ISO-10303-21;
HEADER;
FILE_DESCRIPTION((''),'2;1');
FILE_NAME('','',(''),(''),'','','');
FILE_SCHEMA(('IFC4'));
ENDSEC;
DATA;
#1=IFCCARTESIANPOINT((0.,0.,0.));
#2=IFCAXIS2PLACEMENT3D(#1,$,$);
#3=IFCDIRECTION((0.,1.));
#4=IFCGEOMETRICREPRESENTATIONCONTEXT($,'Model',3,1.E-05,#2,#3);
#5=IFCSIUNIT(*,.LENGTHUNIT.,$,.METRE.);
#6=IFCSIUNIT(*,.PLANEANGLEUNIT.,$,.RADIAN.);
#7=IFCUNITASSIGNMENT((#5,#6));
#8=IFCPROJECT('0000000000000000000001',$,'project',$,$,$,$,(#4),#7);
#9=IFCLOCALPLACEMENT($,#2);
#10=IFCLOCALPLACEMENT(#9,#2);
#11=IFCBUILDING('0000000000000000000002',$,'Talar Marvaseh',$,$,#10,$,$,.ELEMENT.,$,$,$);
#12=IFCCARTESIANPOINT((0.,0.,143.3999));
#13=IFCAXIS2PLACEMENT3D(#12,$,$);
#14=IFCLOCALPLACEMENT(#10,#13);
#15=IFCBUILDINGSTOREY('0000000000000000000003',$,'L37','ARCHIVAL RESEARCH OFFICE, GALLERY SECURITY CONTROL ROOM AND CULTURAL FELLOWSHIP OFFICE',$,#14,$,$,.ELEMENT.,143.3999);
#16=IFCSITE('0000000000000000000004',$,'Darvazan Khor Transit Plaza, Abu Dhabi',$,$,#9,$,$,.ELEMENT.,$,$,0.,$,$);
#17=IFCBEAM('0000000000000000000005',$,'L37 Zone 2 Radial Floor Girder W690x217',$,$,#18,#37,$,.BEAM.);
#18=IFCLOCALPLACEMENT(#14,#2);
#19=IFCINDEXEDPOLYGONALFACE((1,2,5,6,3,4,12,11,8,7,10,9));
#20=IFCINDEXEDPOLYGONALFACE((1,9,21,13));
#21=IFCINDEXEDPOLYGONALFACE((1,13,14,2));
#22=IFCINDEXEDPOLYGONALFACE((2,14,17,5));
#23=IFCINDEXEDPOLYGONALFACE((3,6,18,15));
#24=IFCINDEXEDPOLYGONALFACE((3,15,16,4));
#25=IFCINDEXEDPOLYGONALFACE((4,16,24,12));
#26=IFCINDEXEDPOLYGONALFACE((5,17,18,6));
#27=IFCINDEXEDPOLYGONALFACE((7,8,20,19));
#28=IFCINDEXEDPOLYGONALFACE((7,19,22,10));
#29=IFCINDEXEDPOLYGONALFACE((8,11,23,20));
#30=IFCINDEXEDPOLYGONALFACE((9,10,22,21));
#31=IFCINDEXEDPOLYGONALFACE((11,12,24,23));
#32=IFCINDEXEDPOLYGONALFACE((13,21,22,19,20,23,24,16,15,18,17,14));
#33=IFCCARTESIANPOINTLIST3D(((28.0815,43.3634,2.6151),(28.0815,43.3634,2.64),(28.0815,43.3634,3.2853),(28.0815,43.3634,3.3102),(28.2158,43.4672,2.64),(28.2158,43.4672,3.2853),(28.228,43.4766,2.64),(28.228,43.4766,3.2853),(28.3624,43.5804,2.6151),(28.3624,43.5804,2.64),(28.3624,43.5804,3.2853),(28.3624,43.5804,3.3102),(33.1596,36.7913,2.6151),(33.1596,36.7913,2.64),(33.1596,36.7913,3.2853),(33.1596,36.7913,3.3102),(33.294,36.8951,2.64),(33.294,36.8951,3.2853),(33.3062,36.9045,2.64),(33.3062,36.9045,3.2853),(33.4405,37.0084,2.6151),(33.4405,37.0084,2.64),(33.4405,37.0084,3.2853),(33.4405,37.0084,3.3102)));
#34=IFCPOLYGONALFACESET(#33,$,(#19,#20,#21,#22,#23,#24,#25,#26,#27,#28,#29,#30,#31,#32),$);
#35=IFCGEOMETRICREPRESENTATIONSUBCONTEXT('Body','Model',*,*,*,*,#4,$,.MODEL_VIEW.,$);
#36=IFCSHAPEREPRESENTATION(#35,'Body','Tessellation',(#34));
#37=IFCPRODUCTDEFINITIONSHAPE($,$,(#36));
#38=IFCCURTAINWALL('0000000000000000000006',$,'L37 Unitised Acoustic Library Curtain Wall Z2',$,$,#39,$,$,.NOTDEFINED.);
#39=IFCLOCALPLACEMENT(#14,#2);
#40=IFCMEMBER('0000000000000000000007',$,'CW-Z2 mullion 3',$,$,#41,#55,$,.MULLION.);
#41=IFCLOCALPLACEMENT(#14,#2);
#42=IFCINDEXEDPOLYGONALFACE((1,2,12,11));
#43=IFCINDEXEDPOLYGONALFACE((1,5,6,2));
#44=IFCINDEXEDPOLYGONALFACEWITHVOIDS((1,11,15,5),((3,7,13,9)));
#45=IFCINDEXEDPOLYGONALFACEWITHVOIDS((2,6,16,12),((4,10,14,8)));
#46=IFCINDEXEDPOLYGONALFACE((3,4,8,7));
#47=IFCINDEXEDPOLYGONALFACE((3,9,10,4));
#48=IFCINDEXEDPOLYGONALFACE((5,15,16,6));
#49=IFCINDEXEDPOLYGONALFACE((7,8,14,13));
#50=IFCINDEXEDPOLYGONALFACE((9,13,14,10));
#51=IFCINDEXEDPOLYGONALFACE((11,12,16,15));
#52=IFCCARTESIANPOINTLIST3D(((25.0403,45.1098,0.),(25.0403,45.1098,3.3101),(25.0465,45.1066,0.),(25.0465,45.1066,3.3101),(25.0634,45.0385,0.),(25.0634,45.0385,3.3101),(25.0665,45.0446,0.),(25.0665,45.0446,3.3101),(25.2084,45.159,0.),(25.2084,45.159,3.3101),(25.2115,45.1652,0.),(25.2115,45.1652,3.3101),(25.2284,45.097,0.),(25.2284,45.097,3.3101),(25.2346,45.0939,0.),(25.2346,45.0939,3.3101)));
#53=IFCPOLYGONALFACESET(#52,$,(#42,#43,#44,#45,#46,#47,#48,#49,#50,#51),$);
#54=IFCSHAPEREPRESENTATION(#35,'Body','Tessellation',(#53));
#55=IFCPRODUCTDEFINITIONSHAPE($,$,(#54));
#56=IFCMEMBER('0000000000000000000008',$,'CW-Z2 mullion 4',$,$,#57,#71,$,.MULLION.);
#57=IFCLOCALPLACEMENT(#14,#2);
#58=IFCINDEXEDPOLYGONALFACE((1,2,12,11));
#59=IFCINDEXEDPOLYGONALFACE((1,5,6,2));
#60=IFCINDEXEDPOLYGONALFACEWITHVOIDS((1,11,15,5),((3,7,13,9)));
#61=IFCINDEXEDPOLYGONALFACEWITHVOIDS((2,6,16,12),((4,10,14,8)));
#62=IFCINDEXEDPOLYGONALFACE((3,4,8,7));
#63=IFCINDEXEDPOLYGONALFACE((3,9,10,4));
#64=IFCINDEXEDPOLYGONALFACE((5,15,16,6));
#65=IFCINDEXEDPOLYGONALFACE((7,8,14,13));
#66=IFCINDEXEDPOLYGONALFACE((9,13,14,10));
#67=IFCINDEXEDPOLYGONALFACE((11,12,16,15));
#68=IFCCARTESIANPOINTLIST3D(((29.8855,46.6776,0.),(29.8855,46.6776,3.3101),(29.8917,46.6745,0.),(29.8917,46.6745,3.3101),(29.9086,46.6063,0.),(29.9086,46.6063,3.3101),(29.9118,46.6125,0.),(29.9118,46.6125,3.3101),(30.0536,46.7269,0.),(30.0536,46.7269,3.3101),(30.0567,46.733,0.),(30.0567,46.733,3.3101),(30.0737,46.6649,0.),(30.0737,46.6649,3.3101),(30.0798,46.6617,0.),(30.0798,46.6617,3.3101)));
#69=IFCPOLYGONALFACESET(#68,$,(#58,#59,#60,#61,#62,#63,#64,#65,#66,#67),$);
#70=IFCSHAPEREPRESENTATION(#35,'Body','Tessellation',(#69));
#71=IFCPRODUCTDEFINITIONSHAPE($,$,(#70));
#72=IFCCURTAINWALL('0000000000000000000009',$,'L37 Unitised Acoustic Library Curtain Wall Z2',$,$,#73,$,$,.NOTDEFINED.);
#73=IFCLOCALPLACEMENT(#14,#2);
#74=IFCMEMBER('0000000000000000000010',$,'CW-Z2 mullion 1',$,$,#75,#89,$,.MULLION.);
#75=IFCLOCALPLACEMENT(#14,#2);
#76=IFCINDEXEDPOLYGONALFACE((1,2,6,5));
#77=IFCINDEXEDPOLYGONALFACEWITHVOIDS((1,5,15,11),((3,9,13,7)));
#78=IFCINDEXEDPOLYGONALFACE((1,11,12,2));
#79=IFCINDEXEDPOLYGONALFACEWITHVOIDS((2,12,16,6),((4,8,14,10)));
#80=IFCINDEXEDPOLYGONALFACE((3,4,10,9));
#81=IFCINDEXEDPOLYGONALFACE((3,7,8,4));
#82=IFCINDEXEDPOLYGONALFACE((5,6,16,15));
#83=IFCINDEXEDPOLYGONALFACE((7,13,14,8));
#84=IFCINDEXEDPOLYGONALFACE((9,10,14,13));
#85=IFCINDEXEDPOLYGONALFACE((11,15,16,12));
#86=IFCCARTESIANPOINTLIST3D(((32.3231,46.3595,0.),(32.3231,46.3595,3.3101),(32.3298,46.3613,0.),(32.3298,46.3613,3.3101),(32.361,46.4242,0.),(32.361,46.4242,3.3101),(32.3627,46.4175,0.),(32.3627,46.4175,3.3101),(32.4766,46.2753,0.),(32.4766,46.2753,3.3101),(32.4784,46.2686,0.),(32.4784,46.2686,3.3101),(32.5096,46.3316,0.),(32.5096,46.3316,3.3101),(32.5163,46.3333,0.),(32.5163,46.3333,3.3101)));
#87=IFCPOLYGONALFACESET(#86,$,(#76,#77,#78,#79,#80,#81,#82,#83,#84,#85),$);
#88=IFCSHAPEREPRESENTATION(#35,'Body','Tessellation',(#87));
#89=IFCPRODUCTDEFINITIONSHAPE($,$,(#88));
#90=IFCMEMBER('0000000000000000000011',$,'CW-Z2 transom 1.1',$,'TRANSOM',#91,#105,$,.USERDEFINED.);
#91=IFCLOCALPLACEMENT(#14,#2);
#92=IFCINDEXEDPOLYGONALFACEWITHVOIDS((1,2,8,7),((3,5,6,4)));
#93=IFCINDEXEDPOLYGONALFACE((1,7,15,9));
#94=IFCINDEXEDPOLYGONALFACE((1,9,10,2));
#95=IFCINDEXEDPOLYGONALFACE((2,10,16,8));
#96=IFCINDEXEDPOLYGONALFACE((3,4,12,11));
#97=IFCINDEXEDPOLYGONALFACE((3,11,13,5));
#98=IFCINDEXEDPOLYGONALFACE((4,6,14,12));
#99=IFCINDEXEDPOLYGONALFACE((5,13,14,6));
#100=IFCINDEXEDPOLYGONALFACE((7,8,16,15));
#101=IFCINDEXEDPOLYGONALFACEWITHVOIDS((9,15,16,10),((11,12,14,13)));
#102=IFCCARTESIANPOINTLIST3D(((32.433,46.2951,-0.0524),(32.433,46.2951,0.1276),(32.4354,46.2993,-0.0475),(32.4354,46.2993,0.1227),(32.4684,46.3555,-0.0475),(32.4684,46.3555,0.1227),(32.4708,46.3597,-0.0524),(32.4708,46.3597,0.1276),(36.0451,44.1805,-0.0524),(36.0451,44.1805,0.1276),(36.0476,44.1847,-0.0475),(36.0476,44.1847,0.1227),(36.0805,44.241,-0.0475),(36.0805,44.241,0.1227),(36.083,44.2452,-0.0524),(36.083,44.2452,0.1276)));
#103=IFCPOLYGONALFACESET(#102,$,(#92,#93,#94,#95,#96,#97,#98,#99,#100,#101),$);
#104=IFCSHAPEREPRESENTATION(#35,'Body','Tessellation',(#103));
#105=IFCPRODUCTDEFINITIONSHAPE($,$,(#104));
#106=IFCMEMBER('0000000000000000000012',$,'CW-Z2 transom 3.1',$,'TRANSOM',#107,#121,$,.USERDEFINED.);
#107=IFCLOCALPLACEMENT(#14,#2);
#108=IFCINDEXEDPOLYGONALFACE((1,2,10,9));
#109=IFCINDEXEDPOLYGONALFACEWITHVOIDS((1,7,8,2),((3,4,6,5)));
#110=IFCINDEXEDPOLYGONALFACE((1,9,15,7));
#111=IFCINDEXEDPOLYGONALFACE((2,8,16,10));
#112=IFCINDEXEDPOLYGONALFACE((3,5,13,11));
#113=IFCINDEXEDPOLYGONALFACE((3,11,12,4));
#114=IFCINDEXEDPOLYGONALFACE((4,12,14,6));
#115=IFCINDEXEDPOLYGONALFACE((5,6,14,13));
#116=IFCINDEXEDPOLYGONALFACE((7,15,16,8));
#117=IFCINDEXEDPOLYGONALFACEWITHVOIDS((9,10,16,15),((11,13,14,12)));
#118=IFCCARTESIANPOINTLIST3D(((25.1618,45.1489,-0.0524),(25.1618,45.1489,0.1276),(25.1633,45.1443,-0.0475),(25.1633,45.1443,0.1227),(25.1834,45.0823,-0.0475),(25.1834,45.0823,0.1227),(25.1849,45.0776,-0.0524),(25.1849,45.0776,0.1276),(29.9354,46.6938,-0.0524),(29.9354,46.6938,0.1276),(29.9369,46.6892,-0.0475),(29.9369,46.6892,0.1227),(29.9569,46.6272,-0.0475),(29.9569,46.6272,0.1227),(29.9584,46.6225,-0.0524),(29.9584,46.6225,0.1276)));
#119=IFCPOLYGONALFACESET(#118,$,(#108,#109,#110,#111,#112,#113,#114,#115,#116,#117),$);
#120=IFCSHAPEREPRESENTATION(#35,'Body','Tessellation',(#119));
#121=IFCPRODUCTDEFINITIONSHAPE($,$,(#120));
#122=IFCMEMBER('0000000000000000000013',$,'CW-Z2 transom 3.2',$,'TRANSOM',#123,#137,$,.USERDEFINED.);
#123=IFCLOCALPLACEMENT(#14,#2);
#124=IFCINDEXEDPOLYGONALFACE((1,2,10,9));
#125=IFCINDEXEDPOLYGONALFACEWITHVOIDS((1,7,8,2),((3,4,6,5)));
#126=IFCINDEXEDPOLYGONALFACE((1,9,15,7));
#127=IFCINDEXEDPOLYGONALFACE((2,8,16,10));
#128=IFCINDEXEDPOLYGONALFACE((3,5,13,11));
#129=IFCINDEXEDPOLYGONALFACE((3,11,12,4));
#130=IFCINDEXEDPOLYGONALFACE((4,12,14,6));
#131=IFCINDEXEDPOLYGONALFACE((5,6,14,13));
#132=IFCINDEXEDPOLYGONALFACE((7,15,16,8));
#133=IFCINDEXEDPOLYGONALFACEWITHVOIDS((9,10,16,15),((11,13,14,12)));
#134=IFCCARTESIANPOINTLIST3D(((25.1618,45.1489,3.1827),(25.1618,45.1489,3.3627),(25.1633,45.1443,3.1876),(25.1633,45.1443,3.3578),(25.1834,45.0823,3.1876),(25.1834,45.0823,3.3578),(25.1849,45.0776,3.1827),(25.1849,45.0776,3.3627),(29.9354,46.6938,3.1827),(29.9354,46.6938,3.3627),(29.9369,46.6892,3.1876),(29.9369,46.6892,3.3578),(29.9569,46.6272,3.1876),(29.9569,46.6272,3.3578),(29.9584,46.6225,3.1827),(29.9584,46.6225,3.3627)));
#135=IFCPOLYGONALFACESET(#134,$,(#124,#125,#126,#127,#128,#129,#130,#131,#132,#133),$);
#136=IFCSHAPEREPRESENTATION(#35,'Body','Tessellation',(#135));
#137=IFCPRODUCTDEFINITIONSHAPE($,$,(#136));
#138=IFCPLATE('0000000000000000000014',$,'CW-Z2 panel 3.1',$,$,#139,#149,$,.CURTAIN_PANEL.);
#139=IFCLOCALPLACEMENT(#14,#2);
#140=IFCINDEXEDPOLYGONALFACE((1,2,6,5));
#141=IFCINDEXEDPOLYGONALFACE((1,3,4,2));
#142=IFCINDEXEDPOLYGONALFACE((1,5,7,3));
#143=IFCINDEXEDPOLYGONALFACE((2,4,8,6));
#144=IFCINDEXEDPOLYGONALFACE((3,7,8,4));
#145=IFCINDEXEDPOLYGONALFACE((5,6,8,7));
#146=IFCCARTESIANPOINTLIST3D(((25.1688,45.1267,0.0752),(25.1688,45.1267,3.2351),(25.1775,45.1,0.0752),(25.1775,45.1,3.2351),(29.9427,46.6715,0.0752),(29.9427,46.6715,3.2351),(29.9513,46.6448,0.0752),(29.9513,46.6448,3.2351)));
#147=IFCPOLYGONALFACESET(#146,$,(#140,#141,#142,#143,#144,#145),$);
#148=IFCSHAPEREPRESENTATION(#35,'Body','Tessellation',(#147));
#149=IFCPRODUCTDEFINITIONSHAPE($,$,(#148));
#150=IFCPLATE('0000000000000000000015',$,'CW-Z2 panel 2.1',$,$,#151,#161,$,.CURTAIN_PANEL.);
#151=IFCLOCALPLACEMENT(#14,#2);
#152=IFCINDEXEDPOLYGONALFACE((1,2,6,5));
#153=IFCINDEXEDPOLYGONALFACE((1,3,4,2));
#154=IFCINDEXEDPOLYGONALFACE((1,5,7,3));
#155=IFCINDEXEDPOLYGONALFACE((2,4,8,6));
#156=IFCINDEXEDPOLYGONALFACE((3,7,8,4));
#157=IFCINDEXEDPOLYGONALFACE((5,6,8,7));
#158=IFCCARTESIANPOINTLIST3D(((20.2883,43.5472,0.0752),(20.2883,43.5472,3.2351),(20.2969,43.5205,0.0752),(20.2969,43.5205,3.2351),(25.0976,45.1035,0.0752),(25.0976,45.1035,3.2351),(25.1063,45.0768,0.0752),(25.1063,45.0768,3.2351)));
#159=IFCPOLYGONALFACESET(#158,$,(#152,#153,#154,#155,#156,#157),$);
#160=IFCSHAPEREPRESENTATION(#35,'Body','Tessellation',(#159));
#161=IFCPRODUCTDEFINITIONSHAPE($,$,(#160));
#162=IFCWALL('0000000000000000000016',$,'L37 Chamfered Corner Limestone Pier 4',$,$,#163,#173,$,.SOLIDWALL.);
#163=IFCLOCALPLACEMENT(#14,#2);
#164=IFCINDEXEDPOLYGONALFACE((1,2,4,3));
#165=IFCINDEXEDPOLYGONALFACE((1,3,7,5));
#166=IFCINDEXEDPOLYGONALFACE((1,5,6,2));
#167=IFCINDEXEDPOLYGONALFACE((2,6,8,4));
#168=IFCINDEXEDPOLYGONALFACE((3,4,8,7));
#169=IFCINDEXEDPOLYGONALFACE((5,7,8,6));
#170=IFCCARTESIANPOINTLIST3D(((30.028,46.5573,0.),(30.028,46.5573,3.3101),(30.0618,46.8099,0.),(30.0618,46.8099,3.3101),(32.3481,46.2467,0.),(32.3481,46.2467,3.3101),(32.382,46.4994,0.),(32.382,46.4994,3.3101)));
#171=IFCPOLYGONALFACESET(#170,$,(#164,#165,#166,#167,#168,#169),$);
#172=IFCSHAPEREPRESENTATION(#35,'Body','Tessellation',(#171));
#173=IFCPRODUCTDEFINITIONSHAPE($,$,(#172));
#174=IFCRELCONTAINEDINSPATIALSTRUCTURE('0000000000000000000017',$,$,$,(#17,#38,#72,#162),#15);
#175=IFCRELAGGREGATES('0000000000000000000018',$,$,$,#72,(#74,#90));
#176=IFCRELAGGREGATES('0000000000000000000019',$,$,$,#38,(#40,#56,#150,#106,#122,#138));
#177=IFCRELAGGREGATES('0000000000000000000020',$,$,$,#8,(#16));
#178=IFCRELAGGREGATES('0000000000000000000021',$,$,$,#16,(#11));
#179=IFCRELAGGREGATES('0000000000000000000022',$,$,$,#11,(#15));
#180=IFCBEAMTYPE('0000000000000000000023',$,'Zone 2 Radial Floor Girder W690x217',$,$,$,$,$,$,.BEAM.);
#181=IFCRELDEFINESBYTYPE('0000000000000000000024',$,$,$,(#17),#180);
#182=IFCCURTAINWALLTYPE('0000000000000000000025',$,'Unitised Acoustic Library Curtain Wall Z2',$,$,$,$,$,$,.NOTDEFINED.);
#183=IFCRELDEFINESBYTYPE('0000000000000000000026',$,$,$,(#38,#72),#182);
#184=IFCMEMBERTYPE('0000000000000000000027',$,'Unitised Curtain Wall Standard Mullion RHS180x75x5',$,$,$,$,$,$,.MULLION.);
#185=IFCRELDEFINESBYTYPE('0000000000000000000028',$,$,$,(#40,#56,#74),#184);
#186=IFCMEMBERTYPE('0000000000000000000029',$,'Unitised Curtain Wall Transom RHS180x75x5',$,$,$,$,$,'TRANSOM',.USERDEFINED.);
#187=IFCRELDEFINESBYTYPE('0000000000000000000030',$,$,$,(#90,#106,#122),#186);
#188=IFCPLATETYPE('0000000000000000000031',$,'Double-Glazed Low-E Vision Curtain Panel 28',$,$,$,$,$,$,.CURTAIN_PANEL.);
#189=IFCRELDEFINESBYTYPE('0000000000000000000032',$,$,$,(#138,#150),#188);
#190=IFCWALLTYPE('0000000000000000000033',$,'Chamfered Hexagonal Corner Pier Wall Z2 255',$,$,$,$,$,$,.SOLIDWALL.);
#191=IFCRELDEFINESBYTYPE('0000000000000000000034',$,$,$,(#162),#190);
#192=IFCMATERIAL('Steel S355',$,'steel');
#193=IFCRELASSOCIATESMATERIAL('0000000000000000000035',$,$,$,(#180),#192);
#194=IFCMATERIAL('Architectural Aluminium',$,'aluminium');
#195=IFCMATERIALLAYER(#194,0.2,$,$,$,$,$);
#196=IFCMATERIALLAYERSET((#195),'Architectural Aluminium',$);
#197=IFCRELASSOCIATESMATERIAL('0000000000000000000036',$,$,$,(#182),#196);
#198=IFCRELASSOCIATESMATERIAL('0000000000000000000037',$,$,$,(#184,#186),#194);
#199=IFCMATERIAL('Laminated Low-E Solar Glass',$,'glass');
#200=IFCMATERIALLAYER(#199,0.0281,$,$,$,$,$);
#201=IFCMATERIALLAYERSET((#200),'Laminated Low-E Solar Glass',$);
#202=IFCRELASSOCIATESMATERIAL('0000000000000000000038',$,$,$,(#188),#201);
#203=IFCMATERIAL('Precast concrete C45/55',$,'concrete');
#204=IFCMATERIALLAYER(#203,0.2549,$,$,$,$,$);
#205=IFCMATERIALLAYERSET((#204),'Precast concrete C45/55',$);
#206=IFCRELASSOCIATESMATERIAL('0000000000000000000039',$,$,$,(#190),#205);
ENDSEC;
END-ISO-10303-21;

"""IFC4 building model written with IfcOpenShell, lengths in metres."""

from ifc_helpers import new_model, si_unit, direction, frame, frame_2d, origin, origin_2d, place, context, subcontext, project, spatial, rectangle, hollow_rectangle, i_section, extrude, source, transform, mapped, material, layer, layer_set, material_profile, profile_set, type_object, type_shapes, element, aggregate, save


model = new_model("IFC4")

# Units and contexts
model_context = context("Model", 3, precision=1e-05, world=origin(), true_north=direction((0.0, 1.0)))
body_context = subcontext(model_context, "Body", "Model", "MODEL_VIEW")
ifc_project = project(units=[si_unit("LENGTHUNIT", "METRE"), si_unit("PLANEANGLEUNIT", "RADIAN")], contexts=[model_context])

# Site, building, storey
site_placement = place(None, origin())
site = spatial("IfcSite", under=ifc_project, at=site_placement, Name="Darvazan Khor Transit Plaza, Abu Dhabi", CompositionType="ELEMENT", RefElevation=0.0)
building_placement = place(site_placement, origin())
building = spatial("IfcBuilding", under=site, at=building_placement, Name="Talar Marvaseh", CompositionType="ELEMENT")
storey_placement = place(building_placement, frame((0.0, 0.0, 143.3999)))
storey = spatial("IfcBuildingStorey", under=building, at=storey_placement, Name="L37", Description="ARCHIVAL RESEARCH OFFICE, GALLERY SECURITY CONTROL ROOM AND CULTURAL FELLOWSHIP OFFICE", CompositionType="ELEMENT", Elevation=143.3999)

# Beam
ifc_material_1 = material(Name="Steel S355", Category="steel")
ifc_material_profile_1 = material_profile(ifc_material_1, i_section(OverallWidth=0.355, OverallDepth=0.6951, WebThickness=0.0154, FlangeThickness=0.0249, at=origin_2d()), Name="W690x217")
ifc_profile_set_1 = profile_set([ifc_material_profile_1], Name="Steel S355")
beam_type = type_object("IfcBeamType", Name="Zone 2 Radial Floor Girder W690x217", PredefinedType="BEAM", material=ifc_profile_set_1)
beam_placement = place(storey_placement, frame((28.2219, 43.4719, 2.9626), z_axis=(0.611428, -0.7913, 0.0), x_axis=(0.7913, 0.611428, 0.0)))
element("IfcBeam", 1, at=beam_placement, inside=storey, type_object=beam_type, Name="L37 Zone 2 Radial Floor Girder W690x217", PredefinedType="BEAM", context=body_context, shape_type="SweptSolid", body=[
    extrude(i_section(OverallWidth=0.355, OverallDepth=0.6951, WebThickness=0.0154, FlangeThickness=0.0249, at=origin_2d()), origin(), (0.0, 0.0, 1.0), 8.3054),
])

# Curtain walls, members
ifc_material_2 = material(Name="Architectural Aluminium", Category="aluminium")
ifc_layer_1 = layer(ifc_material_2, 0.2)
ifc_layer_set_1 = layer_set([ifc_layer_1], Name="Architectural Aluminium")
curtain_wall_type = type_object("IfcCurtainWallType", Name="Unitised Acoustic Library Curtain Wall Z2", PredefinedType="NOTDEFINED", material=ifc_layer_set_1)
curtain_wall_1_placement = place(storey_placement, origin())
curtain_wall_1 = element("IfcCurtainWall", 2, at=curtain_wall_1_placement, inside=storey, type_object=curtain_wall_type, Name="L37 Unitised Acoustic Library Curtain Wall Z2", PredefinedType="NOTDEFINED")
ifc_material_profile_2 = material_profile(ifc_material_2, hollow_rectangle(XDim=0.075, YDim=0.1799, WallThickness=0.0049, at=origin_2d()), Name="RHS180x75x5")
ifc_profile_set_2 = profile_set([ifc_material_profile_2], Name="Architectural Aluminium")
member_type_1 = type_object("IfcMemberType", Name="Unitised Curtain Wall Standard Mullion RHS180x75x5", PredefinedType="MULLION", material=ifc_profile_set_2)
shared_shape_1 = source(origin(), body_context, "Body", "SweptSolid", [
    extrude(hollow_rectangle(XDim=0.075, YDim=0.1799, WallThickness=0.0049, at=origin_2d()), origin(), (0.0, 0.0, 1.0), 3.3101),
])
type_shapes(member_type_1, [shared_shape_1])
member_1_placement = place(storey_placement, frame((25.1375, 45.1018, 0.0), z_axis=(0.0, 0.0, 1.0), x_axis=(-0.307886, 0.951423, 0.0)))
member_1 = element("IfcMember", 3, at=member_1_placement, type_object=member_type_1, Name="CW-Z2 mullion 3", PredefinedType="MULLION", context=body_context, shape_type="MappedRepresentation", body=[
    mapped(shared_shape_1, transform((0.0, 0.0, 0.0), x_axis=(1.0, 0.0, 0.0), y_axis=(0.0, 1.0, 0.0), z_axis=(0.0, 0.0, 1.0), scale=1.0)),
])
member_2_placement = place(storey_placement, frame((29.9827, 46.6697, 0.0), z_axis=(0.0, 0.0, 1.0), x_axis=(-0.307886, 0.951423, 0.0)))
member_2 = element("IfcMember", 4, at=member_2_placement, type_object=member_type_1, Name="CW-Z2 mullion 4", PredefinedType="MULLION", context=body_context, shape_type="MappedRepresentation", body=[
    mapped(shared_shape_1, transform((0.0, 0.0, 0.0), x_axis=(1.0, 0.0, 0.0), y_axis=(0.0, 1.0, 0.0), z_axis=(0.0, 0.0, 1.0), scale=1.0)),
])
curtain_wall_2_placement = place(storey_placement, origin())
curtain_wall_2 = element("IfcCurtainWall", 5, at=curtain_wall_2_placement, inside=storey, type_object=curtain_wall_type, Name="L37 Unitised Acoustic Library Curtain Wall Z2", PredefinedType="NOTDEFINED")
member_3_placement = place(storey_placement, frame((32.4197, 46.3464, 0.0), z_axis=(0.0, 0.0, 1.0), x_axis=(0.505222, 0.862989, 0.0)))
member_3 = element("IfcMember", 6, at=member_3_placement, type_object=member_type_1, Name="CW-Z2 mullion 1", PredefinedType="MULLION", context=body_context, shape_type="MappedRepresentation", body=[
    mapped(shared_shape_1, transform((0.0, 0.0, 0.0), x_axis=(1.0, 0.0, 0.0), y_axis=(0.0, 1.0, 0.0), z_axis=(0.0, 0.0, 1.0), scale=1.0)),
])
ifc_material_profile_3 = material_profile(ifc_material_2, hollow_rectangle(XDim=0.075, YDim=0.1799, WallThickness=0.0049, at=origin_2d()), Name="RHS180x75x5")
ifc_profile_set_3 = profile_set([ifc_material_profile_3], Name="Architectural Aluminium")
member_type_2 = type_object("IfcMemberType", Name="Unitised Curtain Wall Transom RHS180x75x5", ElementType="TRANSOM", PredefinedType="USERDEFINED", material=ifc_profile_set_3)
shared_shape_2 = source(origin(), body_context, "Body", "SweptSolid", [
    extrude(hollow_rectangle(XDim=0.075, YDim=0.1799, WallThickness=0.0049, at=origin_2d()), origin(), (0.0, 0.0, 1.0), 4.1855),
])
member_4_placement = place(storey_placement, frame((32.4519, 46.3274, 0.0376), z_axis=(0.863001, -0.505201, 0.0), x_axis=(0.505201, 0.863001, 0.0)))
member_4 = element("IfcMember", 7, at=member_4_placement, type_object=member_type_2, Name="CW-Z2 transom 1.1", ObjectType="TRANSOM", PredefinedType="USERDEFINED", context=body_context, shape_type="MappedRepresentation", body=[
    mapped(shared_shape_2, transform((0.0, 0.0, 0.0), x_axis=(1.0, 0.0, 0.0), y_axis=(0.0, 1.0, 0.0), z_axis=(0.0, 0.0, 1.0), scale=1.0)),
])
aggregate(curtain_wall_2, [member_3, member_4])

# Members
shared_shape_3 = source(origin(), body_context, "Body", "SweptSolid", [
    extrude(hollow_rectangle(XDim=0.075, YDim=0.1799, WallThickness=0.0049, at=origin_2d()), origin(), (0.0, 0.0, 1.0), 5.0173),
])
type_shapes(member_type_2, [shared_shape_2, shared_shape_3])
member_5_placement = place(storey_placement, frame((25.1733, 45.1133, 0.0376), z_axis=(0.951416, 0.30791, 0.0), x_axis=(-0.30791, 0.951416, 0.0)))
member_5 = element("IfcMember", 8, at=member_5_placement, type_object=member_type_2, Name="CW-Z2 transom 3.1", ObjectType="TRANSOM", PredefinedType="USERDEFINED", context=body_context, shape_type="MappedRepresentation", body=[
    mapped(shared_shape_3, transform((0.0, 0.0, 0.0), x_axis=(1.0, 0.0, 0.0), y_axis=(0.0, 1.0, 0.0), z_axis=(0.0, 0.0, 1.0), scale=1.0)),
])
member_6_placement = place(storey_placement, frame((25.1733, 45.1133, 3.2727), z_axis=(0.951416, 0.30791, 0.0), x_axis=(-0.30791, 0.951416, 0.0)))
member_6 = element("IfcMember", 9, at=member_6_placement, type_object=member_type_2, Name="CW-Z2 transom 3.2", ObjectType="TRANSOM", PredefinedType="USERDEFINED", context=body_context, shape_type="MappedRepresentation", body=[
    mapped(shared_shape_3, transform((0.0, 0.0, 0.0), x_axis=(1.0, 0.0, 0.0), y_axis=(0.0, 1.0, 0.0), z_axis=(0.0, 0.0, 1.0), scale=1.0)),
])

# Plates
ifc_material_3 = material(Name="Laminated Low-E Solar Glass", Category="glass")
ifc_layer_2 = layer(ifc_material_3, 0.0281)
ifc_layer_set_2 = layer_set([ifc_layer_2], Name="Laminated Low-E Solar Glass")
plate_type = type_object("IfcPlateType", Name="Double-Glazed Low-E Vision Curtain Panel 28", PredefinedType="CURTAIN_PANEL", material=ifc_layer_set_2)
shared_shape_4 = source(origin(), body_context, "Body", "SweptSolid", [
    extrude(rectangle(XDim=5.0176, YDim=0.0281, at=origin_2d()), origin(), (0.0, 0.0, 1.0), 3.1599),
])
plate_1_placement = place(storey_placement, frame((27.5601, 45.8857, 0.0752), z_axis=(0.0, 0.0, 1.0), x_axis=(0.951423, 0.307886, 0.0)))
plate_1 = element("IfcPlate", 10, at=plate_1_placement, type_object=plate_type, Name="CW-Z2 panel 3.1", PredefinedType="CURTAIN_PANEL", context=body_context, shape_type="MappedRepresentation", body=[
    mapped(shared_shape_4, transform((0.0, 0.0, 0.0), x_axis=(1.0, 0.0, 0.0), y_axis=(0.0, 1.0, 0.0), z_axis=(0.0, 0.0, 1.0), scale=1.0)),
])
shared_shape_5 = source(origin(), body_context, "Body", "SweptSolid", [
    extrude(rectangle(XDim=5.0549, YDim=0.0281, at=origin_2d()), origin(), (0.0, 0.0, 1.0), 3.1599),
])
type_shapes(plate_type, [shared_shape_4, shared_shape_5])
plate_2_placement = place(storey_placement, frame((22.6973, 44.312, 0.0752), z_axis=(0.0, 0.0, 1.0), x_axis=(0.951423, 0.307886, 0.0)))
plate_2 = element("IfcPlate", 11, at=plate_2_placement, type_object=plate_type, Name="CW-Z2 panel 2.1", PredefinedType="CURTAIN_PANEL", context=body_context, shape_type="MappedRepresentation", body=[
    mapped(shared_shape_5, transform((0.0, 0.0, 0.0), x_axis=(1.0, 0.0, 0.0), y_axis=(0.0, 1.0, 0.0), z_axis=(0.0, 0.0, 1.0), scale=1.0)),
])
aggregate(curtain_wall_1, [member_1, member_2, plate_2, member_5, member_6, plate_1])

# Wall
ifc_material_4 = material(Name="Precast concrete C45/55", Category="concrete")
ifc_layer_3 = layer(ifc_material_4, 0.2549)
ifc_layer_set_3 = layer_set([ifc_layer_3], Name="Precast concrete C45/55")
wall_type = type_object("IfcWallType", Name="Chamfered Hexagonal Corner Pier Wall Z2 255", PredefinedType="SOLIDWALL", material=ifc_layer_set_3)
wall_placement = place(storey_placement, frame((30.0449, 46.6836, 0.0), z_axis=(0.0, 0.0, 1.0), x_axis=(0.99116, -0.132669, 0.0)))
element("IfcWall", 12, at=wall_placement, inside=storey, type_object=wall_type, Name="L37 Chamfered Corner Limestone Pier 4", PredefinedType="SOLIDWALL", context=body_context, shape_type="SweptSolid", body=[
    extrude(rectangle(XDim=2.3408, YDim=0.2549, at=frame_2d((1.1704, 0.0))), origin(), (0.0, 0.0, 1.0), 3.3101),
])

save(model, "model.ifc")
